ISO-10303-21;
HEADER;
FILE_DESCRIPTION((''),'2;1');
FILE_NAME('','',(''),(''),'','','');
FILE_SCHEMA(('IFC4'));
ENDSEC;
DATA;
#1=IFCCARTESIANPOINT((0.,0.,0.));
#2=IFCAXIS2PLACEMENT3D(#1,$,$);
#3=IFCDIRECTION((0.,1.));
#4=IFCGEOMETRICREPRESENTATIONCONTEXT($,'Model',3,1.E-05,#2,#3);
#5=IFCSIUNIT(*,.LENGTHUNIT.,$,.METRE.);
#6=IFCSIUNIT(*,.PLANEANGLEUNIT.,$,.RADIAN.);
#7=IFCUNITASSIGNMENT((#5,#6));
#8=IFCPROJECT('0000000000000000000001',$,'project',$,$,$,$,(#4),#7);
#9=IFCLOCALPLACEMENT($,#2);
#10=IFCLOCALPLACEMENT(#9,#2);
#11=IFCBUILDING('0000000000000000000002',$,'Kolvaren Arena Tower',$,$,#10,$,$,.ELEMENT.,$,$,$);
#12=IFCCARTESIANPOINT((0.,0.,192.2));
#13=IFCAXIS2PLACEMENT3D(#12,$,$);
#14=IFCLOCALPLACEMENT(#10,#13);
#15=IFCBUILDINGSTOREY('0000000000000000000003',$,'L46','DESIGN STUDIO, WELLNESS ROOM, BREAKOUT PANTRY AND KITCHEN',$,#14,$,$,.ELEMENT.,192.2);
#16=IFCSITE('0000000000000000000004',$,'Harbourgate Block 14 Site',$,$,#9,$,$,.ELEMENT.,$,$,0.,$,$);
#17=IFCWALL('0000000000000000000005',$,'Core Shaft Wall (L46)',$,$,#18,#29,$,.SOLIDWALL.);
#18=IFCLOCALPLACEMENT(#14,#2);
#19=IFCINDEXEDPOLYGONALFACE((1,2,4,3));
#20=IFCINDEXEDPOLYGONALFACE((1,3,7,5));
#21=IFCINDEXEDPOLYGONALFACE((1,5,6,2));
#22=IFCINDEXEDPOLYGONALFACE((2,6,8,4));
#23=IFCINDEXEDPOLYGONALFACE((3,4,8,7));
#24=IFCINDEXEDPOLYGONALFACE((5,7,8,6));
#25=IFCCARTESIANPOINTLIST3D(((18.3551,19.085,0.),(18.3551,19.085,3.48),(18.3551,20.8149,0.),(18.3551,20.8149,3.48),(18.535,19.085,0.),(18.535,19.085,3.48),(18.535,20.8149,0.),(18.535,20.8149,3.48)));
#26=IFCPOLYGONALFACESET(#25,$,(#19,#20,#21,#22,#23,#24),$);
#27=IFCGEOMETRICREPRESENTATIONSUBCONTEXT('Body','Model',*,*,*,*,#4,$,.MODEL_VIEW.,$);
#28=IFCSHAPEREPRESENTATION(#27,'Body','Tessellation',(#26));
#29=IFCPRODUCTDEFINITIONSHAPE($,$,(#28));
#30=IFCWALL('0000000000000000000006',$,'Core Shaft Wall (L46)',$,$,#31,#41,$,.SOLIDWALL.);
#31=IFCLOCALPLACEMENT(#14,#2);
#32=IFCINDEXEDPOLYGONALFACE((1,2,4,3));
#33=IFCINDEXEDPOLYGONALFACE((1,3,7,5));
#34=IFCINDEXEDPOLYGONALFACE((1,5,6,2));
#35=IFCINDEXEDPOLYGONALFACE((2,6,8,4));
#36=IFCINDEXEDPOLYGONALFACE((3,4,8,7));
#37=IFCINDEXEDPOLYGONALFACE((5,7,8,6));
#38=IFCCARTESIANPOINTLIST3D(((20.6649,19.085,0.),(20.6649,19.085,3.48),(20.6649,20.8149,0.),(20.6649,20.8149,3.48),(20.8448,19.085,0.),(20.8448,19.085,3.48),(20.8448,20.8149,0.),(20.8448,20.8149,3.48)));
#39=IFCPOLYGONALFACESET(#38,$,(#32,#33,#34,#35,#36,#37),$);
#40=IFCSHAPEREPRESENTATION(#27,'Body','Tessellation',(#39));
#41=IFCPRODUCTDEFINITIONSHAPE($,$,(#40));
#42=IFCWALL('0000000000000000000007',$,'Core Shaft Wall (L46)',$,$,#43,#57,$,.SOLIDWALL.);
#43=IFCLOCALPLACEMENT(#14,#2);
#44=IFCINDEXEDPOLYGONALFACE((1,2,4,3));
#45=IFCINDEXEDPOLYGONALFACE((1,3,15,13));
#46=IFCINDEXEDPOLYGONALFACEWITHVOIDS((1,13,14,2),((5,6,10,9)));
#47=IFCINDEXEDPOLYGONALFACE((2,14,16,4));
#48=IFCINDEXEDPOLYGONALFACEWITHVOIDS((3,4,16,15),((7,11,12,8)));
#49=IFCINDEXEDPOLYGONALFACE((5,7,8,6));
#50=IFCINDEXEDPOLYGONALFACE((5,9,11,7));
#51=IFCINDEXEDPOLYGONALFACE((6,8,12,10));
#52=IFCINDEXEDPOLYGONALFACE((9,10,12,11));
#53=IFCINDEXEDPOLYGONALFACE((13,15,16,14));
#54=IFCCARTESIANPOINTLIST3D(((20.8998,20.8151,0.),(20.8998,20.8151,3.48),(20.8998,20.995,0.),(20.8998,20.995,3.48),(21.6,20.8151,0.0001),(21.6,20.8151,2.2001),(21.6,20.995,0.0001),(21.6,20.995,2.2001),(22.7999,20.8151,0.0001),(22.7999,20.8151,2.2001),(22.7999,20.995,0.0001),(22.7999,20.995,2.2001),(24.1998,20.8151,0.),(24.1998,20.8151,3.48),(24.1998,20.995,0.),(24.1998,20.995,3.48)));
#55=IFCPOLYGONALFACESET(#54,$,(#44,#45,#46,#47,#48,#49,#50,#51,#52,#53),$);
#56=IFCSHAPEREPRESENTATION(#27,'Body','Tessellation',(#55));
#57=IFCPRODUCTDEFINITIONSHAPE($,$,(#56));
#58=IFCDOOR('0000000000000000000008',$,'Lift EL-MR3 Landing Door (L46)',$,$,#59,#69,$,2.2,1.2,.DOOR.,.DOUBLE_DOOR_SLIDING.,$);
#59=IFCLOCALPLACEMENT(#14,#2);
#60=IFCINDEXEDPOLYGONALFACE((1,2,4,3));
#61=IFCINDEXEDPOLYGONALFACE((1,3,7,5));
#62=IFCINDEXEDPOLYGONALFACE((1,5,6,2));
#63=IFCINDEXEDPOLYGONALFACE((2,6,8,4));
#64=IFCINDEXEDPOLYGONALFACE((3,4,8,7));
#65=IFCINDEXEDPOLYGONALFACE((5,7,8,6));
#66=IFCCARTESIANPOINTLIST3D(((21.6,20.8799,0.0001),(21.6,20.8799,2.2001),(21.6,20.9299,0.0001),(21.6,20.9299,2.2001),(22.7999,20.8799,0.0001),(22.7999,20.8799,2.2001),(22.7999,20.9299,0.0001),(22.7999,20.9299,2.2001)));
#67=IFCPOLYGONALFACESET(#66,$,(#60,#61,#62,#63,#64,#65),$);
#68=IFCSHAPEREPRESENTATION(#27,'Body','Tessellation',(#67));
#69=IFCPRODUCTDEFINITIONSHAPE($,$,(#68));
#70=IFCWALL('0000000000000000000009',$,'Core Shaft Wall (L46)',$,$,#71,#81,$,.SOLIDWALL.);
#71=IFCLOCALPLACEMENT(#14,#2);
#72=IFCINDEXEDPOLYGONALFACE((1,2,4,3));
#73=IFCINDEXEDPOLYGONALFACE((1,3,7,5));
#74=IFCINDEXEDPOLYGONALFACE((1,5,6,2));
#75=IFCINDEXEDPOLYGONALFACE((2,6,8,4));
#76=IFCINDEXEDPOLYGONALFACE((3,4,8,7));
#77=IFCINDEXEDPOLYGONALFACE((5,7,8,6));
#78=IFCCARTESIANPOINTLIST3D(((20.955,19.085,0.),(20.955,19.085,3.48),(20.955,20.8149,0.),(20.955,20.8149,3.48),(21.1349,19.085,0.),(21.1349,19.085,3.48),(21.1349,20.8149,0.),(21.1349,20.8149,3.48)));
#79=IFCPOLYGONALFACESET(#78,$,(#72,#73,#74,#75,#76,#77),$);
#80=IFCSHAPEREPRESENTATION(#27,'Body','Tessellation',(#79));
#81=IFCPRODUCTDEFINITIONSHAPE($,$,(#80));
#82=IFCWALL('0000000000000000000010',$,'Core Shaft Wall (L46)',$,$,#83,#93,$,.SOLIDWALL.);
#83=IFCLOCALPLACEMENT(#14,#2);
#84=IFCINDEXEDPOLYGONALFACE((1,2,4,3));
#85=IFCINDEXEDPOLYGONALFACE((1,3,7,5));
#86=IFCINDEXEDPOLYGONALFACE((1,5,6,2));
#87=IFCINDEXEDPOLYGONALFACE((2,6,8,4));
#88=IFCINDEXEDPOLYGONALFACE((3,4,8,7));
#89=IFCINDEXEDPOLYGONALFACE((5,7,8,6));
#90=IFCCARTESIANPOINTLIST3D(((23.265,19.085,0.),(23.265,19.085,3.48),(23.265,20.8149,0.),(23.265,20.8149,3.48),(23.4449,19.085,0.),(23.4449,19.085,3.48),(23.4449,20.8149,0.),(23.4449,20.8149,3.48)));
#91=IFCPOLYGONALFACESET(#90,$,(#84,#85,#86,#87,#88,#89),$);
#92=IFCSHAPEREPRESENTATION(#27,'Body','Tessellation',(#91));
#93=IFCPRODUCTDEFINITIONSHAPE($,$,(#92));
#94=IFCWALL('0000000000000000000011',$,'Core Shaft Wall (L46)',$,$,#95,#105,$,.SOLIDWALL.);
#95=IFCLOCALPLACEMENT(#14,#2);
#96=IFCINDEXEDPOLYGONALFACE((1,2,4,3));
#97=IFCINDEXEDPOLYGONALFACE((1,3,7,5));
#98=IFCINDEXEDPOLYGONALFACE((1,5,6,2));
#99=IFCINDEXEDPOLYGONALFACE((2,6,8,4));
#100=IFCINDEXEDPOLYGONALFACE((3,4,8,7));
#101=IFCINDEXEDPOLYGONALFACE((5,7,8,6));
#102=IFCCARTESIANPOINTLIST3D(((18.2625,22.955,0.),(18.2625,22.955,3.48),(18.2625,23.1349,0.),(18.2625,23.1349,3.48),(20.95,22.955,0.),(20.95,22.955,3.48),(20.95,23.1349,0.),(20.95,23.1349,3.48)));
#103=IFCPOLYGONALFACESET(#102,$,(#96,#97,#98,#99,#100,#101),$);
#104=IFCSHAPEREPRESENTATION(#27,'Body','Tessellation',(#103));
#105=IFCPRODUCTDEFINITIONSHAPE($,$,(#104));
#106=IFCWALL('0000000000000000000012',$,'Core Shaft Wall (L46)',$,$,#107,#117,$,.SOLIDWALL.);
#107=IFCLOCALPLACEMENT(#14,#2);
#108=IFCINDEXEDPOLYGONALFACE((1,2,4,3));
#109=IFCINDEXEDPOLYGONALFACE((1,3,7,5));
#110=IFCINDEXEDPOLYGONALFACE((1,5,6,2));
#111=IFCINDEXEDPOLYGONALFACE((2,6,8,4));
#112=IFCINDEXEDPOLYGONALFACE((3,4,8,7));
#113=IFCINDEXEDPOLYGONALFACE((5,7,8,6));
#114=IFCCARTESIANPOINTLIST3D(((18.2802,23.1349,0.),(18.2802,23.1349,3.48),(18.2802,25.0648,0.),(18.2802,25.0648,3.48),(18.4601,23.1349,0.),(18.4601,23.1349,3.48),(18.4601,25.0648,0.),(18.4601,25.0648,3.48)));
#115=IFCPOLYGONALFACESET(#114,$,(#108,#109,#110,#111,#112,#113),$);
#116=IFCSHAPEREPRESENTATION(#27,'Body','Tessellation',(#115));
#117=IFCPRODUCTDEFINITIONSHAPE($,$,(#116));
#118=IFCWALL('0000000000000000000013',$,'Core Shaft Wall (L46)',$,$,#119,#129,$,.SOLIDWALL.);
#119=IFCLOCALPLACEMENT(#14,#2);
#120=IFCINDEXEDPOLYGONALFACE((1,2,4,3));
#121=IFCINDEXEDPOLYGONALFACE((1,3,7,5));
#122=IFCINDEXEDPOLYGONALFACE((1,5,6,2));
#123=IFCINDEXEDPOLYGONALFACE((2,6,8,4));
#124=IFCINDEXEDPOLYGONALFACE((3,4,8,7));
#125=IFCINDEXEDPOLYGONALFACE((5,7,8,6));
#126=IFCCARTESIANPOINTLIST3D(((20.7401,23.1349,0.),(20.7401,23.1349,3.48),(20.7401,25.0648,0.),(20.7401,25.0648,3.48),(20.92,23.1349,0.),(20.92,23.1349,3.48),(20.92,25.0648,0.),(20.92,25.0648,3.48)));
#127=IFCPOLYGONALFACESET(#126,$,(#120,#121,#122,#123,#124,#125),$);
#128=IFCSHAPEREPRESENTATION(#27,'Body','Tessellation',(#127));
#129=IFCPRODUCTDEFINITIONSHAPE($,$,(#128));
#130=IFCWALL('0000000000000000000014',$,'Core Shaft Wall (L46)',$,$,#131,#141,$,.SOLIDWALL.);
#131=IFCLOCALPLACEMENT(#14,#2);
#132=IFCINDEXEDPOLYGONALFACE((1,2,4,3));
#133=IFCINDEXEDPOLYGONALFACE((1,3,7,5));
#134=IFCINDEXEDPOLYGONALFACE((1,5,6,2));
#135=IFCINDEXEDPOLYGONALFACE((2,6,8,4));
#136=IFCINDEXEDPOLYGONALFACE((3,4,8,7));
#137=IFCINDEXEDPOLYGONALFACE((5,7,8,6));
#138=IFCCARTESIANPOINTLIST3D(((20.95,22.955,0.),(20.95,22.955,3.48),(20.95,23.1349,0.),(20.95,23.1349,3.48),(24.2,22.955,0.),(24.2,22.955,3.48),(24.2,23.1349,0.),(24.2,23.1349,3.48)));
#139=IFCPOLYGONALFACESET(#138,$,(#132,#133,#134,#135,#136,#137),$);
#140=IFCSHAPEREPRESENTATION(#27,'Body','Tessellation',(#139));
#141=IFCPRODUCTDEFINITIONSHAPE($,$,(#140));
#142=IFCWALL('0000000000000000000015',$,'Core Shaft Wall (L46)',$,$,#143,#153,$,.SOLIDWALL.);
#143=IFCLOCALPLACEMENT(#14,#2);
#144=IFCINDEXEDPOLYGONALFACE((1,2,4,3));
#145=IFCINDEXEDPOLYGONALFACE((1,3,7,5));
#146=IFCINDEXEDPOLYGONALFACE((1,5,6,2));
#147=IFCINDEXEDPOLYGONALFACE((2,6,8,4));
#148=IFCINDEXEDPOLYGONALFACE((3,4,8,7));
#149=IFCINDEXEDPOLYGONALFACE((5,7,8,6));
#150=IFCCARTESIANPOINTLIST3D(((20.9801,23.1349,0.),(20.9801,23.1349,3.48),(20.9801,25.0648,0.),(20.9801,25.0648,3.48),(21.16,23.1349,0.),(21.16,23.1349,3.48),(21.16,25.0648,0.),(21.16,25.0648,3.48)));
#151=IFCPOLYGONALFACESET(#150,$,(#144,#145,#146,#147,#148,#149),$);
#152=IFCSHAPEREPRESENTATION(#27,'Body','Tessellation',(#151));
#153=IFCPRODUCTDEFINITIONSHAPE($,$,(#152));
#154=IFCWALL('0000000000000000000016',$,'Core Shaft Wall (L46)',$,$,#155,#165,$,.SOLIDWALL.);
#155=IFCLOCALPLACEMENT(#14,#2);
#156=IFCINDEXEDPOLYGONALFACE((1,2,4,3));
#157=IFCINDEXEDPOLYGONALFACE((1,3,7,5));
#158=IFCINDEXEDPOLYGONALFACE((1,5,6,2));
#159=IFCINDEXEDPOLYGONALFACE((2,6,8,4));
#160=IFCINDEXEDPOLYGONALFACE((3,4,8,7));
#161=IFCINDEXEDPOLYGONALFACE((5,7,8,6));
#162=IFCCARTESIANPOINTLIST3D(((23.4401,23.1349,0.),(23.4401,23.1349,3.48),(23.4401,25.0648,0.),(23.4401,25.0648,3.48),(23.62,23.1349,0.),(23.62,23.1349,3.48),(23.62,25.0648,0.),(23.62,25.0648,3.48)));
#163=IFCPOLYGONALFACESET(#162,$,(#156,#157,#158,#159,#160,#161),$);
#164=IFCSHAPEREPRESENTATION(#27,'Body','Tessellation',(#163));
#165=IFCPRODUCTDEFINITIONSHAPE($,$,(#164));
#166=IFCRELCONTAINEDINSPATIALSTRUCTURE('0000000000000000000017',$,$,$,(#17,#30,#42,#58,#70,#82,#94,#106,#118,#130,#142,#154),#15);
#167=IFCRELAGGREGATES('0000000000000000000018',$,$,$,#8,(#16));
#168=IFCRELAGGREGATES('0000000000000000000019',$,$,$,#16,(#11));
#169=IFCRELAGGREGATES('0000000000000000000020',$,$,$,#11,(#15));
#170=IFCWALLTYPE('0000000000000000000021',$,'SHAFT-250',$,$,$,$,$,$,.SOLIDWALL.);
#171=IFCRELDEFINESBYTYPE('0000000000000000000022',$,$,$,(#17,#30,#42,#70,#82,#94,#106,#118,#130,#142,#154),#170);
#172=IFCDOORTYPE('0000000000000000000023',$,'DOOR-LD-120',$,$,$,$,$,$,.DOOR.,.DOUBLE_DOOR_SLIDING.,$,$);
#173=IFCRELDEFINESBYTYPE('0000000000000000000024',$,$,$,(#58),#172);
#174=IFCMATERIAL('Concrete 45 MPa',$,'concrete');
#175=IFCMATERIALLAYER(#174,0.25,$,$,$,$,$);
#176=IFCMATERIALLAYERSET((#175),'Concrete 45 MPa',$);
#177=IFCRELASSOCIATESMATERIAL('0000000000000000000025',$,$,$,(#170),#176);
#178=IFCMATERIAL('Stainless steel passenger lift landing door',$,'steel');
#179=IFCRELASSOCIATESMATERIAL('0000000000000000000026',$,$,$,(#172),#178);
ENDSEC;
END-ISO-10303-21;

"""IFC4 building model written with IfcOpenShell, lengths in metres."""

from ifc_helpers import new_model, si_unit, direction, frame, frame_2d, origin, place, context, subcontext, project, spatial, rectangle, extrude, material, layer, layer_set, type_object, element, fill, save


model = new_model("IFC4")

# Units and contexts
model_context = context("Model", 3, precision=1e-05, world=origin(), true_north=direction((0.0, 1.0)))
body_context = subcontext(model_context, "Body", "Model", "MODEL_VIEW")
ifc_project = project(units=[si_unit("LENGTHUNIT", "METRE"), si_unit("PLANEANGLEUNIT", "RADIAN")], contexts=[model_context])

# Site, building, storey
site_placement = place(None, origin())
site = spatial("IfcSite", under=ifc_project, at=site_placement, Name="Harbourgate Block 14 Site", CompositionType="ELEMENT", RefElevation=0.0)
building_placement = place(site_placement, origin())
building = spatial("IfcBuilding", under=site, at=building_placement, Name="Kolvaren Arena Tower", CompositionType="ELEMENT")
storey_placement = place(building_placement, frame((0.0, 0.0, 192.2)))
storey = spatial("IfcBuildingStorey", under=building, at=storey_placement, Name="L46", Description="DESIGN STUDIO, WELLNESS ROOM, BREAKOUT PANTRY AND KITCHEN", CompositionType="ELEMENT", Elevation=192.2)

# Shared definitions
ifc_material_1 = material(Name="Concrete 45 MPa", Category="concrete")
ifc_layer = layer(ifc_material_1, 0.25)
ifc_layer_set = layer_set([ifc_layer], Name="Concrete 45 MPa")
wall_type = type_object("IfcWallType", Name="SHAFT-250", PredefinedType="SOLIDWALL", material=ifc_layer_set)

# Shared definitions
ifc_material_2 = material(Name="Stainless steel passenger lift landing door", Category="steel")
door_type = type_object("IfcDoorType", Name="DOOR-LD-120", OperationType="DOUBLE_DOOR_SLIDING", PredefinedType="DOOR", material=ifc_material_2)

# Walls
for number, where, z_axis, x_axis, name in (
    (1, (18.4451, 19.085, 0.0), (0.0, 0.0, 1.0), (0.0, 1.0, 0.0), "Core Shaft Wall (L46)"),
    (2, (20.7549, 19.085, 0.0), (0.0, 0.0, 1.0), (0.0, 1.0, 0.0), "Core Shaft Wall (L46)"),
):
    element("IfcWall", number, at=place(storey_placement, frame(where, z_axis=z_axis, x_axis=x_axis)), inside=storey, type_object=wall_type, Name=name, PredefinedType="SOLIDWALL", context=body_context, shape_type="SweptSolid", body=[
        extrude(rectangle(XDim=1.73, YDim=0.1799, at=frame_2d((0.865, 0.0))), origin(), (0.0, 0.0, 1.0), 3.48),
    ])

# Wall, opening, door
wall_1_placement = place(storey_placement, frame((20.8999, 20.905, 0.0), z_axis=(0.0, 0.0, 1.0), x_axis=(1.0, 0.0, 0.0)))
wall_1 = element("IfcWall", 3, at=wall_1_placement, inside=storey, type_object=wall_type, Name="Core Shaft Wall (L46)", PredefinedType="SOLIDWALL", context=body_context, shape_type="SweptSolid", body=[
    extrude(rectangle(XDim=3.3, YDim=0.1799, at=frame_2d((1.6499, 0.0))), origin(), (0.0, 0.0, 1.0), 3.48),
])
opening_1_placement = place(wall_1_placement, frame((0.7, 0.0, 0.0)))
opening_1 = element("IfcOpeningElement", 4, at=opening_1_placement, cuts=wall_1, PredefinedType="OPENING", context=body_context, shape_type="SweptSolid", body=[
    extrude(rectangle(XDim=1.2, YDim=2.2, at=frame_2d((0.6001, 1.1001))), frame((0.0, 0.0999, 0.0), z_axis=(0.0, -1.0, 0.0), x_axis=(1.0, 0.0, 0.0)), (0.0, 0.0, 1.0), 0.2),
])
door_1_placement = place(opening_1_placement, origin())
door_1 = element("IfcDoor", 5, at=door_1_placement, inside=storey, type_object=door_type, Name="Lift EL-MR3 Landing Door (L46)", OperationType="DOUBLE_DOOR_SLIDING", OverallHeight=2.2, OverallWidth=1.2, PredefinedType="DOOR", context=body_context, shape_type="SweptSolid", body=[
    extrude(rectangle(XDim=1.2, YDim=2.2, at=frame_2d((0.6001, 1.1001))), frame((0.0, 0.0249, 0.0), z_axis=(0.0, -1.0, 0.0), x_axis=(1.0, 0.0, 0.0)), (0.0, 0.0, 1.0), 0.05),
])
fill(opening_1, door_1)

# Walls
for number, where, z_axis, x_axis, name in (
    (6, (21.0449, 19.085, 0.0), (0.0, 0.0, 1.0), (0.0, 1.0, 0.0), "Core Shaft Wall (L46)"),
    (7, (23.355, 19.085, 0.0), (0.0, 0.0, 1.0), (0.0, 1.0, 0.0), "Core Shaft Wall (L46)"),
):
    element("IfcWall", number, at=place(storey_placement, frame(where, z_axis=z_axis, x_axis=x_axis)), inside=storey, type_object=wall_type, Name=name, PredefinedType="SOLIDWALL", context=body_context, shape_type="SweptSolid", body=[
        extrude(rectangle(XDim=1.73, YDim=0.1799, at=frame_2d((0.865, 0.0))), origin(), (0.0, 0.0, 1.0), 3.48),
    ])
wall_2_placement = place(storey_placement, frame((18.2625, 23.0449, 0.0), z_axis=(0.0, 0.0, 1.0), x_axis=(1.0, 0.0, 0.0)))
element("IfcWall", 8, at=wall_2_placement, inside=storey, type_object=wall_type, Name="Core Shaft Wall (L46)", PredefinedType="SOLIDWALL", context=body_context, shape_type="SweptSolid", body=[
    extrude(rectangle(XDim=2.6875, YDim=0.1799, at=frame_2d((1.3438, 0.0))), origin(), (0.0, 0.0, 1.0), 3.48),
])
for number, where, z_axis, x_axis, name in (
    (9, (18.3701, 23.135, 0.0), (0.0, 0.0, 1.0), (0.0, 1.0, 0.0), "Core Shaft Wall (L46)"),
    (10, (20.8301, 23.135, 0.0), (0.0, 0.0, 1.0), (0.0, 1.0, 0.0), "Core Shaft Wall (L46)"),
):
    element("IfcWall", number, at=place(storey_placement, frame(where, z_axis=z_axis, x_axis=x_axis)), inside=storey, type_object=wall_type, Name=name, PredefinedType="SOLIDWALL", context=body_context, shape_type="SweptSolid", body=[
        extrude(rectangle(XDim=1.9299, YDim=0.1799, at=frame_2d((0.9648, 0.0))), origin(), (0.0, 0.0, 1.0), 3.48),
    ])
wall_3_placement = place(storey_placement, frame((20.95, 23.0449, 0.0), z_axis=(0.0, 0.0, 1.0), x_axis=(1.0, 0.0, 0.0)))
element("IfcWall", 11, at=wall_3_placement, inside=storey, type_object=wall_type, Name="Core Shaft Wall (L46)", PredefinedType="SOLIDWALL", context=body_context, shape_type="SweptSolid", body=[
    extrude(rectangle(XDim=3.25, YDim=0.1799, at=frame_2d((1.625, 0.0))), origin(), (0.0, 0.0, 1.0), 3.48),
])
for number, where, z_axis, x_axis, name in (
    (12, (21.0701, 23.135, 0.0), (0.0, 0.0, 1.0), (0.0, 1.0, 0.0), "Core Shaft Wall (L46)"),
    (13, (23.53, 23.135, 0.0), (0.0, 0.0, 1.0), (0.0, 1.0, 0.0), "Core Shaft Wall (L46)"),
):
    element("IfcWall", number, at=place(storey_placement, frame(where, z_axis=z_axis, x_axis=x_axis)), inside=storey, type_object=wall_type, Name=name, PredefinedType="SOLIDWALL", context=body_context, shape_type="SweptSolid", body=[
        extrude(rectangle(XDim=1.9299, YDim=0.1799, at=frame_2d((0.9648, 0.0))), origin(), (0.0, 0.0, 1.0), 3.48),
    ])

save(model, "model.ifc")
